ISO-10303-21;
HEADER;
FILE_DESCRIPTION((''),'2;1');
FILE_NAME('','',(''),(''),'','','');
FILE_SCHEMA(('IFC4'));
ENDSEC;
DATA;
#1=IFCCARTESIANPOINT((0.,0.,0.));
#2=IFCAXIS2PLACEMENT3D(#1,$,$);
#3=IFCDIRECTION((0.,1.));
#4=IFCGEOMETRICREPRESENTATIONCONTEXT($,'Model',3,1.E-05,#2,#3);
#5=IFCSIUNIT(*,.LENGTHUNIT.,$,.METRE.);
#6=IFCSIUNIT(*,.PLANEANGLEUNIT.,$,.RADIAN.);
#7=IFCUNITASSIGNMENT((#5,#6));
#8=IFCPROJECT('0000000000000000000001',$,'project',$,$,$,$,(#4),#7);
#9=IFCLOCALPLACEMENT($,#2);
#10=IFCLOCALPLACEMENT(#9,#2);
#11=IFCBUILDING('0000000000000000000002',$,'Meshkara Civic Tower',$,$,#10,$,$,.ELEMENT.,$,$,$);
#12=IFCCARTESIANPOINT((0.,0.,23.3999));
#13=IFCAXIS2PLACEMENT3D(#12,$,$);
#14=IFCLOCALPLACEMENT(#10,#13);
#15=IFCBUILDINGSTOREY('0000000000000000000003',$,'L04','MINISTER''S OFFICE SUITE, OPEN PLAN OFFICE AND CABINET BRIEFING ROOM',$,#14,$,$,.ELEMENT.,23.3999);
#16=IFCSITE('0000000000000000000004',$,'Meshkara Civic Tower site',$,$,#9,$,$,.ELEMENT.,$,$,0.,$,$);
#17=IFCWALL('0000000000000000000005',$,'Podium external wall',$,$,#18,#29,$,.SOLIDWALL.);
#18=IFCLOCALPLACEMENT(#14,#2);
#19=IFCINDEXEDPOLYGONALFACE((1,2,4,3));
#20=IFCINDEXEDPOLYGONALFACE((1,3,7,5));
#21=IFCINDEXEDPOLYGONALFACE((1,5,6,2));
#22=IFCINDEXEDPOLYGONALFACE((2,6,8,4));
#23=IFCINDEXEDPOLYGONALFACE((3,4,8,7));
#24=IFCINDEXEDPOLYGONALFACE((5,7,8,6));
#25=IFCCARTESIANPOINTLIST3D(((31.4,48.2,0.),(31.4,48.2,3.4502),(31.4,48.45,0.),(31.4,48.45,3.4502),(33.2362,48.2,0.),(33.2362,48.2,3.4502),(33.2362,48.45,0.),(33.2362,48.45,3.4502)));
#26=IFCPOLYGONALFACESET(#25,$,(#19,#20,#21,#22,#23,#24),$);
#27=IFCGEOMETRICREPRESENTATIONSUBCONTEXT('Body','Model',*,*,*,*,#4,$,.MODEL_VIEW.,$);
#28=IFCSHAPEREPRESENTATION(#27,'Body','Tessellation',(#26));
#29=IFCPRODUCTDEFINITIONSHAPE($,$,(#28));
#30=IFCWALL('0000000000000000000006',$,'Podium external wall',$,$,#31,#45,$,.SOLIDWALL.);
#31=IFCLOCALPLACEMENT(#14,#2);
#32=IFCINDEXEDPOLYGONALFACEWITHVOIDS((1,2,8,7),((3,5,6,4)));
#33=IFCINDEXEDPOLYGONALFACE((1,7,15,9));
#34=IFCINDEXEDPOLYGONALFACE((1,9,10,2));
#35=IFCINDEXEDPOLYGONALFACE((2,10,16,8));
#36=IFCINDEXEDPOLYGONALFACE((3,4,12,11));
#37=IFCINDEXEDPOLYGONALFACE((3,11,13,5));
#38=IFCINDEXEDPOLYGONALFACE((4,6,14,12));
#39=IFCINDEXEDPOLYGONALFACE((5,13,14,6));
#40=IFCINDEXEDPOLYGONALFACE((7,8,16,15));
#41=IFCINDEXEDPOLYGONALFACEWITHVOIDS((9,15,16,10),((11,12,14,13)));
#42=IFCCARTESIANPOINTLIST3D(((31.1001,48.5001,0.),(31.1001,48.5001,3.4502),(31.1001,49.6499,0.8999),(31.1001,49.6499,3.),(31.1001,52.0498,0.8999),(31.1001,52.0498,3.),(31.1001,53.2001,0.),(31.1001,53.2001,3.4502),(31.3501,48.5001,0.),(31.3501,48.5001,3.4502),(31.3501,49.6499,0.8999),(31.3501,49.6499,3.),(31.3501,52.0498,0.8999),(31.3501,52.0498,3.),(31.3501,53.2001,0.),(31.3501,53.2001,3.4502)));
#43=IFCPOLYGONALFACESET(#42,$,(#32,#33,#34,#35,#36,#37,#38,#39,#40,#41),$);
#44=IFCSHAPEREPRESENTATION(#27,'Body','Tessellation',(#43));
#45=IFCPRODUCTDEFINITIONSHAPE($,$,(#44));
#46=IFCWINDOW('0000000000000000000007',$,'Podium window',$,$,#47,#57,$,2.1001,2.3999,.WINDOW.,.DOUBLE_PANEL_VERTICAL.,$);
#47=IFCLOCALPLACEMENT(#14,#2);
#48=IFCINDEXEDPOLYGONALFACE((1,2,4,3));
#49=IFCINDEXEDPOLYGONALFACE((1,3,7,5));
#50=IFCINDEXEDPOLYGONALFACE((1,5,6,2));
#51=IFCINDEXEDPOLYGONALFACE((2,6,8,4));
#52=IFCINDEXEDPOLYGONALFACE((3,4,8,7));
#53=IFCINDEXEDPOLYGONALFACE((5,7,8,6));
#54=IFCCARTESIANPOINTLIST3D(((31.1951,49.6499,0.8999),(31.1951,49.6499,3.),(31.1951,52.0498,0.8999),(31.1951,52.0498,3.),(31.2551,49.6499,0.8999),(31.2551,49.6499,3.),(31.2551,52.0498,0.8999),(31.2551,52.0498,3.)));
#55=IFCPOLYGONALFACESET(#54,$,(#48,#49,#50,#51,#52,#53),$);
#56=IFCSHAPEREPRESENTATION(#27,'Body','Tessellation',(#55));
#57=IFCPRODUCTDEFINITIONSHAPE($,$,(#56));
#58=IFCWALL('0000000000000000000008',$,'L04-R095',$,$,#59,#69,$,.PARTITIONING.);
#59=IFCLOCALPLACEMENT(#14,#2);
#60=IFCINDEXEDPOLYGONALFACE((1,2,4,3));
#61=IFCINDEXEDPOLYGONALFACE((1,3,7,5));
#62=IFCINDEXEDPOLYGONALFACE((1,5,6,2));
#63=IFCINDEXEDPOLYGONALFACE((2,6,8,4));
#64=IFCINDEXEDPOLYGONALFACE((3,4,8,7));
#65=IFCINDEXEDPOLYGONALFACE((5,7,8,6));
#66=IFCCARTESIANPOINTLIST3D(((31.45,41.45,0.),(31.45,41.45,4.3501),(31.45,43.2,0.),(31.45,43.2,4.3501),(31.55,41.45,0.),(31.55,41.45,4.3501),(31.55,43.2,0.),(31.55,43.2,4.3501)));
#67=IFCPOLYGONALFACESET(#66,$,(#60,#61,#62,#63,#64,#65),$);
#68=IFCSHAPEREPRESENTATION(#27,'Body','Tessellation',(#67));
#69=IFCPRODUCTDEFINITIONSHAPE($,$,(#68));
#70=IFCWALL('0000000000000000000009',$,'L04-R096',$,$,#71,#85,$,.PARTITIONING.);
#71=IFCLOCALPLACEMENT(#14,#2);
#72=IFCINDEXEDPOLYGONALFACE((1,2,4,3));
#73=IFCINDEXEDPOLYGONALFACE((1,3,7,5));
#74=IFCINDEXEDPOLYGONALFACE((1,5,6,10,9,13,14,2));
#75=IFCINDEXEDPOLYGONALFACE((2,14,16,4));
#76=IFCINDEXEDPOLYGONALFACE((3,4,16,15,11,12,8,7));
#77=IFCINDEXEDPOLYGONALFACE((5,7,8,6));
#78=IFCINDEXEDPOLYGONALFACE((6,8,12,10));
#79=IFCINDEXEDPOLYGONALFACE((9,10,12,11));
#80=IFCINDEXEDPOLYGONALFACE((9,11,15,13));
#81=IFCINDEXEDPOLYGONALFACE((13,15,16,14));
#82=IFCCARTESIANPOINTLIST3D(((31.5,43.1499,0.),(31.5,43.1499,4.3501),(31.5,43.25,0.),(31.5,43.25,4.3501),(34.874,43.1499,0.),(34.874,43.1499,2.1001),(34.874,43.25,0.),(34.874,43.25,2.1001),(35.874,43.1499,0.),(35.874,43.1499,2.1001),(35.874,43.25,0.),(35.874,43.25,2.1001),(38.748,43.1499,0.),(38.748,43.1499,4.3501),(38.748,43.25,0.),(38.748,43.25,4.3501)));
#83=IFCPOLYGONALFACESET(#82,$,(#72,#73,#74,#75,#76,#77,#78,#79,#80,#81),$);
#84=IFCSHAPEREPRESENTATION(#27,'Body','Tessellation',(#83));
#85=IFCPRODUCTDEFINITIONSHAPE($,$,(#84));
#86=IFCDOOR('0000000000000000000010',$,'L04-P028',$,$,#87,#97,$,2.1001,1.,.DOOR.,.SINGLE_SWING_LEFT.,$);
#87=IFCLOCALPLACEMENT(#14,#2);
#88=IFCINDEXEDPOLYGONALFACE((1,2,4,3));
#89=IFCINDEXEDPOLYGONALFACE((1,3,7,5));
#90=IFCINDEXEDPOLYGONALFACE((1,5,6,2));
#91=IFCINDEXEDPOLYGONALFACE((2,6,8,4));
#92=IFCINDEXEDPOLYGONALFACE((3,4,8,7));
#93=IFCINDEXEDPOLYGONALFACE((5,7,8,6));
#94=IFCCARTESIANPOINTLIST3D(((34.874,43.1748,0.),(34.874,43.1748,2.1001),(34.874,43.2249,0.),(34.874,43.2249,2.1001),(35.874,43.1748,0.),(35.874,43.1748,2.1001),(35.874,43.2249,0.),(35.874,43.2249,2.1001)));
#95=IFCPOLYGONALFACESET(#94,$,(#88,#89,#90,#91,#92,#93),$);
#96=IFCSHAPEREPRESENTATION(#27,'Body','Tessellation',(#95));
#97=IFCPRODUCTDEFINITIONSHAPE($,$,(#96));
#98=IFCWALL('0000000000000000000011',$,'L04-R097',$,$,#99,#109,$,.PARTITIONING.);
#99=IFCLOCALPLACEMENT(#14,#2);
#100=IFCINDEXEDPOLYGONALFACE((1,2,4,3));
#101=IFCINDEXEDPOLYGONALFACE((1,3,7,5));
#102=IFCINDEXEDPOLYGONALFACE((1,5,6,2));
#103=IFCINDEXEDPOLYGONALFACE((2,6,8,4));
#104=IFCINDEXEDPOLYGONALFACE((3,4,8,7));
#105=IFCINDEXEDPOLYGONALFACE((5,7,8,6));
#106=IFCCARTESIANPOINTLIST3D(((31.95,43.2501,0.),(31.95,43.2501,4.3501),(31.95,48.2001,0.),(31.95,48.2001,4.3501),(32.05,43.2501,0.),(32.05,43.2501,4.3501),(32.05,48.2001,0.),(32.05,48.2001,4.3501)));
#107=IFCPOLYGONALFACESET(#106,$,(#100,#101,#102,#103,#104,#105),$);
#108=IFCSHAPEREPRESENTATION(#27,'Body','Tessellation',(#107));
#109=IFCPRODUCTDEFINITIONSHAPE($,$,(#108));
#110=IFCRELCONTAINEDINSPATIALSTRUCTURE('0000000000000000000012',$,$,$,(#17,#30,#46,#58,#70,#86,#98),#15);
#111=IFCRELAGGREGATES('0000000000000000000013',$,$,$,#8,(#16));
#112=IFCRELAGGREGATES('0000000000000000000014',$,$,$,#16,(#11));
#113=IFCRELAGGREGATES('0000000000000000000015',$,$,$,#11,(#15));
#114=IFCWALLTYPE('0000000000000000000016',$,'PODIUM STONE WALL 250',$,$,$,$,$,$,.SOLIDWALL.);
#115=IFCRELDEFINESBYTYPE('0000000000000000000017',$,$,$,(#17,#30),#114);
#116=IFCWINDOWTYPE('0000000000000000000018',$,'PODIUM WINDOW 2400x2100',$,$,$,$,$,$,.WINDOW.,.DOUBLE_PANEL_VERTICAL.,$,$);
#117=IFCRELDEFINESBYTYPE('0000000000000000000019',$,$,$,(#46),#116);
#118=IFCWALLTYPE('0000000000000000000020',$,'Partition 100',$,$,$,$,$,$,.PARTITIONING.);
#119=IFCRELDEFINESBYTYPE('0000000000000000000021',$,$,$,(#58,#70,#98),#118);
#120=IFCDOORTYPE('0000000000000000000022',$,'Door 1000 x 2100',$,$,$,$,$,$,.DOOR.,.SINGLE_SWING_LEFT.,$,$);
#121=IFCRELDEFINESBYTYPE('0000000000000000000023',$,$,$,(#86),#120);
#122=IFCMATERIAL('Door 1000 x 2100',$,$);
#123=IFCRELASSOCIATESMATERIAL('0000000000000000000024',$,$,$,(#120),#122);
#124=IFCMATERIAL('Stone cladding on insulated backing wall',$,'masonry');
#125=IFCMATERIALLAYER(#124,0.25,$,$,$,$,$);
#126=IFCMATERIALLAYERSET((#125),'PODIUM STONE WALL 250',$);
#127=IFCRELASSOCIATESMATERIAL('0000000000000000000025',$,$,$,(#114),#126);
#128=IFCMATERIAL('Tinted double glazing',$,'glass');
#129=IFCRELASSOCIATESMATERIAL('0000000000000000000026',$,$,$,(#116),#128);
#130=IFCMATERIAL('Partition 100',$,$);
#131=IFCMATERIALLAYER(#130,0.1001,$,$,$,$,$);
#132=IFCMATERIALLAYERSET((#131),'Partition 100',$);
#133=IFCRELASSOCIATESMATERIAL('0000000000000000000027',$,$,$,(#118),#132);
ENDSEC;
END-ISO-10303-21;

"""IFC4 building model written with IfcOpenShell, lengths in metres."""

from ifc_helpers import new_model, si_unit, direction, frame, frame_2d, origin, place, context, subcontext, project, spatial, rectangle, extrude, material, layer, layer_set, type_object, element, fill, save


model = new_model("IFC4")

# Units and contexts
model_context = context("Model", 3, precision=1e-05, world=origin(), true_north=direction((0.0, 1.0)))
body_context = subcontext(model_context, "Body", "Model", "MODEL_VIEW")
ifc_project = project(units=[si_unit("LENGTHUNIT", "METRE"), si_unit("PLANEANGLEUNIT", "RADIAN")], contexts=[model_context])

# Site, building, storey
site_placement = place(None, origin())
site = spatial("IfcSite", under=ifc_project, at=site_placement, Name="Meshkara Civic Tower site", CompositionType="ELEMENT", RefElevation=0.0)
building_placement = place(site_placement, origin())
building = spatial("IfcBuilding", under=site, at=building_placement, Name="Meshkara Civic Tower", CompositionType="ELEMENT")
storey_placement = place(building_placement, frame((0.0, 0.0, 23.3999)))
storey = spatial("IfcBuildingStorey", under=building, at=storey_placement, Name="L04", Description="MINISTER'S OFFICE SUITE, OPEN PLAN OFFICE AND CABINET BRIEFING ROOM", CompositionType="ELEMENT", Elevation=23.3999)

# Shared definitions
ifc_material_1 = material(Name="Door 1000 x 2100")
door_type = type_object("IfcDoorType", Name="Door 1000 x 2100", OperationType="SINGLE_SWING_LEFT", PredefinedType="DOOR", material=ifc_material_1)

# Shared definitions
ifc_material_2 = material(Name="Stone cladding on insulated backing wall", Category="masonry")
ifc_layer_1 = layer(ifc_material_2, 0.25)
ifc_layer_set_1 = layer_set([ifc_layer_1], Name="PODIUM STONE WALL 250")
wall_type_1 = type_object("IfcWallType", Name="PODIUM STONE WALL 250", PredefinedType="SOLIDWALL", material=ifc_layer_set_1)
ifc_material_3 = material(Name="Tinted double glazing", Category="glass")
window_type = type_object("IfcWindowType", Name="PODIUM WINDOW 2400x2100", PartitioningType="DOUBLE_PANEL_VERTICAL", PredefinedType="WINDOW", material=ifc_material_3)

# Wall
wall_1_placement = place(storey_placement, frame((33.2361, 48.325, 0.0), z_axis=(0.0, 0.0, 1.0), x_axis=(-1.0, 0.0, 0.0)))
element("IfcWall", 1, at=wall_1_placement, inside=storey, type_object=wall_type_1, Name="Podium external wall", PredefinedType="SOLIDWALL", context=body_context, shape_type="SweptSolid", body=[
    extrude(rectangle(XDim=1.8362, YDim=0.25, at=frame_2d((0.918, 0.0))), origin(), (0.0, 0.0, 1.0), 3.4502),
])

# Wall, opening, window
wall_2_placement = place(storey_placement, frame((31.2251, 48.5, 0.0), z_axis=(0.0, 0.0, 1.0), x_axis=(0.0, 1.0, 0.0)))
wall_2 = element("IfcWall", 2, at=wall_2_placement, inside=storey, type_object=wall_type_1, Name="Podium external wall", PredefinedType="SOLIDWALL", context=body_context, shape_type="SweptSolid", body=[
    extrude(rectangle(XDim=4.7, YDim=0.25, at=frame_2d((2.3501, 0.0))), origin(), (0.0, 0.0, 1.0), 3.4502),
])
opening_1_placement = place(wall_2_placement, frame((1.1499, 0.0, 0.8999)))
opening_1 = element("IfcOpeningElement", 3, at=opening_1_placement, cuts=wall_2, PredefinedType="OPENING", context=body_context, shape_type="SweptSolid", body=[
    extrude(rectangle(XDim=2.3999, YDim=2.1001, at=frame_2d((1.2, 1.05))), frame((0.0, 0.135, 0.0), z_axis=(0.0, -1.0, 0.0), x_axis=(1.0, 0.0, 0.0)), (0.0, 0.0, 1.0), 0.27),
])
window_1_placement = place(opening_1_placement, origin())
window_1 = element("IfcWindow", 4, at=window_1_placement, inside=storey, type_object=window_type, Name="Podium window", OverallHeight=2.1001, OverallWidth=2.3999, PartitioningType="DOUBLE_PANEL_VERTICAL", PredefinedType="WINDOW", context=body_context, shape_type="SweptSolid", body=[
    extrude(rectangle(XDim=2.3999, YDim=2.1001, at=frame_2d((1.2, 1.05))), frame((0.0, 0.03, 0.0), z_axis=(0.0, -1.0, 0.0), x_axis=(1.0, 0.0, 0.0)), (0.0, 0.0, 1.0), 0.0601),
])
fill(opening_1, window_1)

# Wall
ifc_material_4 = material(Name="Partition 100")
ifc_layer_2 = layer(ifc_material_4, 0.1001)
ifc_layer_set_2 = layer_set([ifc_layer_2], Name="Partition 100")
wall_type_2 = type_object("IfcWallType", Name="Partition 100", PredefinedType="PARTITIONING", material=ifc_layer_set_2)
wall_3_placement = place(storey_placement, frame((31.5, 41.45, 0.0), z_axis=(0.0, 0.0, 1.0), x_axis=(0.0, 1.0, 0.0)))
element("IfcWall", 5, at=wall_3_placement, inside=storey, type_object=wall_type_2, Name="L04-R095", PredefinedType="PARTITIONING", context=body_context, shape_type="SweptSolid", body=[
    extrude(rectangle(XDim=1.75, YDim=0.1001, at=frame_2d((0.875, 0.0))), origin(), (0.0, 0.0, 1.0), 4.3501),
])

# Wall, opening, door
wall_4_placement = place(storey_placement, frame((31.5, 43.2, 0.0), z_axis=(0.0, 0.0, 1.0), x_axis=(1.0, 0.0, 0.0)))
wall_4 = element("IfcWall", 6, at=wall_4_placement, inside=storey, type_object=wall_type_2, Name="L04-R096", PredefinedType="PARTITIONING", context=body_context, shape_type="SweptSolid", body=[
    extrude(rectangle(XDim=7.248, YDim=0.1001, at=frame_2d((3.624, 0.0))), origin(), (0.0, 0.0, 1.0), 4.3501),
])
opening_2_placement = place(wall_4_placement, frame((3.374, 0.0, 0.0)))
opening_2 = element("IfcOpeningElement", 7, at=opening_2_placement, cuts=wall_4, PredefinedType="OPENING", context=body_context, shape_type="SweptSolid", body=[
    extrude(rectangle(XDim=1.0, YDim=2.1001, at=frame_2d((0.5, 1.05))), frame((0.0, 0.0601, 0.0), z_axis=(0.0, -1.0, 0.0), x_axis=(1.0, 0.0, 0.0)), (0.0, 0.0, 1.0), 0.1201),
])
door_1_placement = place(opening_2_placement, origin())
door_1 = element("IfcDoor", 8, at=door_1_placement, inside=storey, type_object=door_type, Name="L04-P028", OperationType="SINGLE_SWING_LEFT", OverallHeight=2.1001, OverallWidth=1.0, PredefinedType="DOOR", context=body_context, shape_type="SweptSolid", body=[
    extrude(rectangle(XDim=1.0, YDim=2.1001, at=frame_2d((0.5, 1.05))), frame((0.0, 0.0249, 0.0), z_axis=(0.0, -1.0, 0.0), x_axis=(1.0, 0.0, 0.0)), (0.0, 0.0, 1.0), 0.05),
])
fill(opening_2, door_1)

# Wall
wall_5_placement = place(storey_placement, frame((32.0, 43.25, 0.0), z_axis=(0.0, 0.0, 1.0), x_axis=(0.0, 1.0, 0.0)))
element("IfcWall", 9, at=wall_5_placement, inside=storey, type_object=wall_type_2, Name="L04-R097", PredefinedType="PARTITIONING", context=body_context, shape_type="SweptSolid", body=[
    extrude(rectangle(XDim=4.95, YDim=0.1001, at=frame_2d((2.4751, 0.0))), origin(), (0.0, 0.0, 1.0), 4.3501),
])

save(model, "model.ifc")
